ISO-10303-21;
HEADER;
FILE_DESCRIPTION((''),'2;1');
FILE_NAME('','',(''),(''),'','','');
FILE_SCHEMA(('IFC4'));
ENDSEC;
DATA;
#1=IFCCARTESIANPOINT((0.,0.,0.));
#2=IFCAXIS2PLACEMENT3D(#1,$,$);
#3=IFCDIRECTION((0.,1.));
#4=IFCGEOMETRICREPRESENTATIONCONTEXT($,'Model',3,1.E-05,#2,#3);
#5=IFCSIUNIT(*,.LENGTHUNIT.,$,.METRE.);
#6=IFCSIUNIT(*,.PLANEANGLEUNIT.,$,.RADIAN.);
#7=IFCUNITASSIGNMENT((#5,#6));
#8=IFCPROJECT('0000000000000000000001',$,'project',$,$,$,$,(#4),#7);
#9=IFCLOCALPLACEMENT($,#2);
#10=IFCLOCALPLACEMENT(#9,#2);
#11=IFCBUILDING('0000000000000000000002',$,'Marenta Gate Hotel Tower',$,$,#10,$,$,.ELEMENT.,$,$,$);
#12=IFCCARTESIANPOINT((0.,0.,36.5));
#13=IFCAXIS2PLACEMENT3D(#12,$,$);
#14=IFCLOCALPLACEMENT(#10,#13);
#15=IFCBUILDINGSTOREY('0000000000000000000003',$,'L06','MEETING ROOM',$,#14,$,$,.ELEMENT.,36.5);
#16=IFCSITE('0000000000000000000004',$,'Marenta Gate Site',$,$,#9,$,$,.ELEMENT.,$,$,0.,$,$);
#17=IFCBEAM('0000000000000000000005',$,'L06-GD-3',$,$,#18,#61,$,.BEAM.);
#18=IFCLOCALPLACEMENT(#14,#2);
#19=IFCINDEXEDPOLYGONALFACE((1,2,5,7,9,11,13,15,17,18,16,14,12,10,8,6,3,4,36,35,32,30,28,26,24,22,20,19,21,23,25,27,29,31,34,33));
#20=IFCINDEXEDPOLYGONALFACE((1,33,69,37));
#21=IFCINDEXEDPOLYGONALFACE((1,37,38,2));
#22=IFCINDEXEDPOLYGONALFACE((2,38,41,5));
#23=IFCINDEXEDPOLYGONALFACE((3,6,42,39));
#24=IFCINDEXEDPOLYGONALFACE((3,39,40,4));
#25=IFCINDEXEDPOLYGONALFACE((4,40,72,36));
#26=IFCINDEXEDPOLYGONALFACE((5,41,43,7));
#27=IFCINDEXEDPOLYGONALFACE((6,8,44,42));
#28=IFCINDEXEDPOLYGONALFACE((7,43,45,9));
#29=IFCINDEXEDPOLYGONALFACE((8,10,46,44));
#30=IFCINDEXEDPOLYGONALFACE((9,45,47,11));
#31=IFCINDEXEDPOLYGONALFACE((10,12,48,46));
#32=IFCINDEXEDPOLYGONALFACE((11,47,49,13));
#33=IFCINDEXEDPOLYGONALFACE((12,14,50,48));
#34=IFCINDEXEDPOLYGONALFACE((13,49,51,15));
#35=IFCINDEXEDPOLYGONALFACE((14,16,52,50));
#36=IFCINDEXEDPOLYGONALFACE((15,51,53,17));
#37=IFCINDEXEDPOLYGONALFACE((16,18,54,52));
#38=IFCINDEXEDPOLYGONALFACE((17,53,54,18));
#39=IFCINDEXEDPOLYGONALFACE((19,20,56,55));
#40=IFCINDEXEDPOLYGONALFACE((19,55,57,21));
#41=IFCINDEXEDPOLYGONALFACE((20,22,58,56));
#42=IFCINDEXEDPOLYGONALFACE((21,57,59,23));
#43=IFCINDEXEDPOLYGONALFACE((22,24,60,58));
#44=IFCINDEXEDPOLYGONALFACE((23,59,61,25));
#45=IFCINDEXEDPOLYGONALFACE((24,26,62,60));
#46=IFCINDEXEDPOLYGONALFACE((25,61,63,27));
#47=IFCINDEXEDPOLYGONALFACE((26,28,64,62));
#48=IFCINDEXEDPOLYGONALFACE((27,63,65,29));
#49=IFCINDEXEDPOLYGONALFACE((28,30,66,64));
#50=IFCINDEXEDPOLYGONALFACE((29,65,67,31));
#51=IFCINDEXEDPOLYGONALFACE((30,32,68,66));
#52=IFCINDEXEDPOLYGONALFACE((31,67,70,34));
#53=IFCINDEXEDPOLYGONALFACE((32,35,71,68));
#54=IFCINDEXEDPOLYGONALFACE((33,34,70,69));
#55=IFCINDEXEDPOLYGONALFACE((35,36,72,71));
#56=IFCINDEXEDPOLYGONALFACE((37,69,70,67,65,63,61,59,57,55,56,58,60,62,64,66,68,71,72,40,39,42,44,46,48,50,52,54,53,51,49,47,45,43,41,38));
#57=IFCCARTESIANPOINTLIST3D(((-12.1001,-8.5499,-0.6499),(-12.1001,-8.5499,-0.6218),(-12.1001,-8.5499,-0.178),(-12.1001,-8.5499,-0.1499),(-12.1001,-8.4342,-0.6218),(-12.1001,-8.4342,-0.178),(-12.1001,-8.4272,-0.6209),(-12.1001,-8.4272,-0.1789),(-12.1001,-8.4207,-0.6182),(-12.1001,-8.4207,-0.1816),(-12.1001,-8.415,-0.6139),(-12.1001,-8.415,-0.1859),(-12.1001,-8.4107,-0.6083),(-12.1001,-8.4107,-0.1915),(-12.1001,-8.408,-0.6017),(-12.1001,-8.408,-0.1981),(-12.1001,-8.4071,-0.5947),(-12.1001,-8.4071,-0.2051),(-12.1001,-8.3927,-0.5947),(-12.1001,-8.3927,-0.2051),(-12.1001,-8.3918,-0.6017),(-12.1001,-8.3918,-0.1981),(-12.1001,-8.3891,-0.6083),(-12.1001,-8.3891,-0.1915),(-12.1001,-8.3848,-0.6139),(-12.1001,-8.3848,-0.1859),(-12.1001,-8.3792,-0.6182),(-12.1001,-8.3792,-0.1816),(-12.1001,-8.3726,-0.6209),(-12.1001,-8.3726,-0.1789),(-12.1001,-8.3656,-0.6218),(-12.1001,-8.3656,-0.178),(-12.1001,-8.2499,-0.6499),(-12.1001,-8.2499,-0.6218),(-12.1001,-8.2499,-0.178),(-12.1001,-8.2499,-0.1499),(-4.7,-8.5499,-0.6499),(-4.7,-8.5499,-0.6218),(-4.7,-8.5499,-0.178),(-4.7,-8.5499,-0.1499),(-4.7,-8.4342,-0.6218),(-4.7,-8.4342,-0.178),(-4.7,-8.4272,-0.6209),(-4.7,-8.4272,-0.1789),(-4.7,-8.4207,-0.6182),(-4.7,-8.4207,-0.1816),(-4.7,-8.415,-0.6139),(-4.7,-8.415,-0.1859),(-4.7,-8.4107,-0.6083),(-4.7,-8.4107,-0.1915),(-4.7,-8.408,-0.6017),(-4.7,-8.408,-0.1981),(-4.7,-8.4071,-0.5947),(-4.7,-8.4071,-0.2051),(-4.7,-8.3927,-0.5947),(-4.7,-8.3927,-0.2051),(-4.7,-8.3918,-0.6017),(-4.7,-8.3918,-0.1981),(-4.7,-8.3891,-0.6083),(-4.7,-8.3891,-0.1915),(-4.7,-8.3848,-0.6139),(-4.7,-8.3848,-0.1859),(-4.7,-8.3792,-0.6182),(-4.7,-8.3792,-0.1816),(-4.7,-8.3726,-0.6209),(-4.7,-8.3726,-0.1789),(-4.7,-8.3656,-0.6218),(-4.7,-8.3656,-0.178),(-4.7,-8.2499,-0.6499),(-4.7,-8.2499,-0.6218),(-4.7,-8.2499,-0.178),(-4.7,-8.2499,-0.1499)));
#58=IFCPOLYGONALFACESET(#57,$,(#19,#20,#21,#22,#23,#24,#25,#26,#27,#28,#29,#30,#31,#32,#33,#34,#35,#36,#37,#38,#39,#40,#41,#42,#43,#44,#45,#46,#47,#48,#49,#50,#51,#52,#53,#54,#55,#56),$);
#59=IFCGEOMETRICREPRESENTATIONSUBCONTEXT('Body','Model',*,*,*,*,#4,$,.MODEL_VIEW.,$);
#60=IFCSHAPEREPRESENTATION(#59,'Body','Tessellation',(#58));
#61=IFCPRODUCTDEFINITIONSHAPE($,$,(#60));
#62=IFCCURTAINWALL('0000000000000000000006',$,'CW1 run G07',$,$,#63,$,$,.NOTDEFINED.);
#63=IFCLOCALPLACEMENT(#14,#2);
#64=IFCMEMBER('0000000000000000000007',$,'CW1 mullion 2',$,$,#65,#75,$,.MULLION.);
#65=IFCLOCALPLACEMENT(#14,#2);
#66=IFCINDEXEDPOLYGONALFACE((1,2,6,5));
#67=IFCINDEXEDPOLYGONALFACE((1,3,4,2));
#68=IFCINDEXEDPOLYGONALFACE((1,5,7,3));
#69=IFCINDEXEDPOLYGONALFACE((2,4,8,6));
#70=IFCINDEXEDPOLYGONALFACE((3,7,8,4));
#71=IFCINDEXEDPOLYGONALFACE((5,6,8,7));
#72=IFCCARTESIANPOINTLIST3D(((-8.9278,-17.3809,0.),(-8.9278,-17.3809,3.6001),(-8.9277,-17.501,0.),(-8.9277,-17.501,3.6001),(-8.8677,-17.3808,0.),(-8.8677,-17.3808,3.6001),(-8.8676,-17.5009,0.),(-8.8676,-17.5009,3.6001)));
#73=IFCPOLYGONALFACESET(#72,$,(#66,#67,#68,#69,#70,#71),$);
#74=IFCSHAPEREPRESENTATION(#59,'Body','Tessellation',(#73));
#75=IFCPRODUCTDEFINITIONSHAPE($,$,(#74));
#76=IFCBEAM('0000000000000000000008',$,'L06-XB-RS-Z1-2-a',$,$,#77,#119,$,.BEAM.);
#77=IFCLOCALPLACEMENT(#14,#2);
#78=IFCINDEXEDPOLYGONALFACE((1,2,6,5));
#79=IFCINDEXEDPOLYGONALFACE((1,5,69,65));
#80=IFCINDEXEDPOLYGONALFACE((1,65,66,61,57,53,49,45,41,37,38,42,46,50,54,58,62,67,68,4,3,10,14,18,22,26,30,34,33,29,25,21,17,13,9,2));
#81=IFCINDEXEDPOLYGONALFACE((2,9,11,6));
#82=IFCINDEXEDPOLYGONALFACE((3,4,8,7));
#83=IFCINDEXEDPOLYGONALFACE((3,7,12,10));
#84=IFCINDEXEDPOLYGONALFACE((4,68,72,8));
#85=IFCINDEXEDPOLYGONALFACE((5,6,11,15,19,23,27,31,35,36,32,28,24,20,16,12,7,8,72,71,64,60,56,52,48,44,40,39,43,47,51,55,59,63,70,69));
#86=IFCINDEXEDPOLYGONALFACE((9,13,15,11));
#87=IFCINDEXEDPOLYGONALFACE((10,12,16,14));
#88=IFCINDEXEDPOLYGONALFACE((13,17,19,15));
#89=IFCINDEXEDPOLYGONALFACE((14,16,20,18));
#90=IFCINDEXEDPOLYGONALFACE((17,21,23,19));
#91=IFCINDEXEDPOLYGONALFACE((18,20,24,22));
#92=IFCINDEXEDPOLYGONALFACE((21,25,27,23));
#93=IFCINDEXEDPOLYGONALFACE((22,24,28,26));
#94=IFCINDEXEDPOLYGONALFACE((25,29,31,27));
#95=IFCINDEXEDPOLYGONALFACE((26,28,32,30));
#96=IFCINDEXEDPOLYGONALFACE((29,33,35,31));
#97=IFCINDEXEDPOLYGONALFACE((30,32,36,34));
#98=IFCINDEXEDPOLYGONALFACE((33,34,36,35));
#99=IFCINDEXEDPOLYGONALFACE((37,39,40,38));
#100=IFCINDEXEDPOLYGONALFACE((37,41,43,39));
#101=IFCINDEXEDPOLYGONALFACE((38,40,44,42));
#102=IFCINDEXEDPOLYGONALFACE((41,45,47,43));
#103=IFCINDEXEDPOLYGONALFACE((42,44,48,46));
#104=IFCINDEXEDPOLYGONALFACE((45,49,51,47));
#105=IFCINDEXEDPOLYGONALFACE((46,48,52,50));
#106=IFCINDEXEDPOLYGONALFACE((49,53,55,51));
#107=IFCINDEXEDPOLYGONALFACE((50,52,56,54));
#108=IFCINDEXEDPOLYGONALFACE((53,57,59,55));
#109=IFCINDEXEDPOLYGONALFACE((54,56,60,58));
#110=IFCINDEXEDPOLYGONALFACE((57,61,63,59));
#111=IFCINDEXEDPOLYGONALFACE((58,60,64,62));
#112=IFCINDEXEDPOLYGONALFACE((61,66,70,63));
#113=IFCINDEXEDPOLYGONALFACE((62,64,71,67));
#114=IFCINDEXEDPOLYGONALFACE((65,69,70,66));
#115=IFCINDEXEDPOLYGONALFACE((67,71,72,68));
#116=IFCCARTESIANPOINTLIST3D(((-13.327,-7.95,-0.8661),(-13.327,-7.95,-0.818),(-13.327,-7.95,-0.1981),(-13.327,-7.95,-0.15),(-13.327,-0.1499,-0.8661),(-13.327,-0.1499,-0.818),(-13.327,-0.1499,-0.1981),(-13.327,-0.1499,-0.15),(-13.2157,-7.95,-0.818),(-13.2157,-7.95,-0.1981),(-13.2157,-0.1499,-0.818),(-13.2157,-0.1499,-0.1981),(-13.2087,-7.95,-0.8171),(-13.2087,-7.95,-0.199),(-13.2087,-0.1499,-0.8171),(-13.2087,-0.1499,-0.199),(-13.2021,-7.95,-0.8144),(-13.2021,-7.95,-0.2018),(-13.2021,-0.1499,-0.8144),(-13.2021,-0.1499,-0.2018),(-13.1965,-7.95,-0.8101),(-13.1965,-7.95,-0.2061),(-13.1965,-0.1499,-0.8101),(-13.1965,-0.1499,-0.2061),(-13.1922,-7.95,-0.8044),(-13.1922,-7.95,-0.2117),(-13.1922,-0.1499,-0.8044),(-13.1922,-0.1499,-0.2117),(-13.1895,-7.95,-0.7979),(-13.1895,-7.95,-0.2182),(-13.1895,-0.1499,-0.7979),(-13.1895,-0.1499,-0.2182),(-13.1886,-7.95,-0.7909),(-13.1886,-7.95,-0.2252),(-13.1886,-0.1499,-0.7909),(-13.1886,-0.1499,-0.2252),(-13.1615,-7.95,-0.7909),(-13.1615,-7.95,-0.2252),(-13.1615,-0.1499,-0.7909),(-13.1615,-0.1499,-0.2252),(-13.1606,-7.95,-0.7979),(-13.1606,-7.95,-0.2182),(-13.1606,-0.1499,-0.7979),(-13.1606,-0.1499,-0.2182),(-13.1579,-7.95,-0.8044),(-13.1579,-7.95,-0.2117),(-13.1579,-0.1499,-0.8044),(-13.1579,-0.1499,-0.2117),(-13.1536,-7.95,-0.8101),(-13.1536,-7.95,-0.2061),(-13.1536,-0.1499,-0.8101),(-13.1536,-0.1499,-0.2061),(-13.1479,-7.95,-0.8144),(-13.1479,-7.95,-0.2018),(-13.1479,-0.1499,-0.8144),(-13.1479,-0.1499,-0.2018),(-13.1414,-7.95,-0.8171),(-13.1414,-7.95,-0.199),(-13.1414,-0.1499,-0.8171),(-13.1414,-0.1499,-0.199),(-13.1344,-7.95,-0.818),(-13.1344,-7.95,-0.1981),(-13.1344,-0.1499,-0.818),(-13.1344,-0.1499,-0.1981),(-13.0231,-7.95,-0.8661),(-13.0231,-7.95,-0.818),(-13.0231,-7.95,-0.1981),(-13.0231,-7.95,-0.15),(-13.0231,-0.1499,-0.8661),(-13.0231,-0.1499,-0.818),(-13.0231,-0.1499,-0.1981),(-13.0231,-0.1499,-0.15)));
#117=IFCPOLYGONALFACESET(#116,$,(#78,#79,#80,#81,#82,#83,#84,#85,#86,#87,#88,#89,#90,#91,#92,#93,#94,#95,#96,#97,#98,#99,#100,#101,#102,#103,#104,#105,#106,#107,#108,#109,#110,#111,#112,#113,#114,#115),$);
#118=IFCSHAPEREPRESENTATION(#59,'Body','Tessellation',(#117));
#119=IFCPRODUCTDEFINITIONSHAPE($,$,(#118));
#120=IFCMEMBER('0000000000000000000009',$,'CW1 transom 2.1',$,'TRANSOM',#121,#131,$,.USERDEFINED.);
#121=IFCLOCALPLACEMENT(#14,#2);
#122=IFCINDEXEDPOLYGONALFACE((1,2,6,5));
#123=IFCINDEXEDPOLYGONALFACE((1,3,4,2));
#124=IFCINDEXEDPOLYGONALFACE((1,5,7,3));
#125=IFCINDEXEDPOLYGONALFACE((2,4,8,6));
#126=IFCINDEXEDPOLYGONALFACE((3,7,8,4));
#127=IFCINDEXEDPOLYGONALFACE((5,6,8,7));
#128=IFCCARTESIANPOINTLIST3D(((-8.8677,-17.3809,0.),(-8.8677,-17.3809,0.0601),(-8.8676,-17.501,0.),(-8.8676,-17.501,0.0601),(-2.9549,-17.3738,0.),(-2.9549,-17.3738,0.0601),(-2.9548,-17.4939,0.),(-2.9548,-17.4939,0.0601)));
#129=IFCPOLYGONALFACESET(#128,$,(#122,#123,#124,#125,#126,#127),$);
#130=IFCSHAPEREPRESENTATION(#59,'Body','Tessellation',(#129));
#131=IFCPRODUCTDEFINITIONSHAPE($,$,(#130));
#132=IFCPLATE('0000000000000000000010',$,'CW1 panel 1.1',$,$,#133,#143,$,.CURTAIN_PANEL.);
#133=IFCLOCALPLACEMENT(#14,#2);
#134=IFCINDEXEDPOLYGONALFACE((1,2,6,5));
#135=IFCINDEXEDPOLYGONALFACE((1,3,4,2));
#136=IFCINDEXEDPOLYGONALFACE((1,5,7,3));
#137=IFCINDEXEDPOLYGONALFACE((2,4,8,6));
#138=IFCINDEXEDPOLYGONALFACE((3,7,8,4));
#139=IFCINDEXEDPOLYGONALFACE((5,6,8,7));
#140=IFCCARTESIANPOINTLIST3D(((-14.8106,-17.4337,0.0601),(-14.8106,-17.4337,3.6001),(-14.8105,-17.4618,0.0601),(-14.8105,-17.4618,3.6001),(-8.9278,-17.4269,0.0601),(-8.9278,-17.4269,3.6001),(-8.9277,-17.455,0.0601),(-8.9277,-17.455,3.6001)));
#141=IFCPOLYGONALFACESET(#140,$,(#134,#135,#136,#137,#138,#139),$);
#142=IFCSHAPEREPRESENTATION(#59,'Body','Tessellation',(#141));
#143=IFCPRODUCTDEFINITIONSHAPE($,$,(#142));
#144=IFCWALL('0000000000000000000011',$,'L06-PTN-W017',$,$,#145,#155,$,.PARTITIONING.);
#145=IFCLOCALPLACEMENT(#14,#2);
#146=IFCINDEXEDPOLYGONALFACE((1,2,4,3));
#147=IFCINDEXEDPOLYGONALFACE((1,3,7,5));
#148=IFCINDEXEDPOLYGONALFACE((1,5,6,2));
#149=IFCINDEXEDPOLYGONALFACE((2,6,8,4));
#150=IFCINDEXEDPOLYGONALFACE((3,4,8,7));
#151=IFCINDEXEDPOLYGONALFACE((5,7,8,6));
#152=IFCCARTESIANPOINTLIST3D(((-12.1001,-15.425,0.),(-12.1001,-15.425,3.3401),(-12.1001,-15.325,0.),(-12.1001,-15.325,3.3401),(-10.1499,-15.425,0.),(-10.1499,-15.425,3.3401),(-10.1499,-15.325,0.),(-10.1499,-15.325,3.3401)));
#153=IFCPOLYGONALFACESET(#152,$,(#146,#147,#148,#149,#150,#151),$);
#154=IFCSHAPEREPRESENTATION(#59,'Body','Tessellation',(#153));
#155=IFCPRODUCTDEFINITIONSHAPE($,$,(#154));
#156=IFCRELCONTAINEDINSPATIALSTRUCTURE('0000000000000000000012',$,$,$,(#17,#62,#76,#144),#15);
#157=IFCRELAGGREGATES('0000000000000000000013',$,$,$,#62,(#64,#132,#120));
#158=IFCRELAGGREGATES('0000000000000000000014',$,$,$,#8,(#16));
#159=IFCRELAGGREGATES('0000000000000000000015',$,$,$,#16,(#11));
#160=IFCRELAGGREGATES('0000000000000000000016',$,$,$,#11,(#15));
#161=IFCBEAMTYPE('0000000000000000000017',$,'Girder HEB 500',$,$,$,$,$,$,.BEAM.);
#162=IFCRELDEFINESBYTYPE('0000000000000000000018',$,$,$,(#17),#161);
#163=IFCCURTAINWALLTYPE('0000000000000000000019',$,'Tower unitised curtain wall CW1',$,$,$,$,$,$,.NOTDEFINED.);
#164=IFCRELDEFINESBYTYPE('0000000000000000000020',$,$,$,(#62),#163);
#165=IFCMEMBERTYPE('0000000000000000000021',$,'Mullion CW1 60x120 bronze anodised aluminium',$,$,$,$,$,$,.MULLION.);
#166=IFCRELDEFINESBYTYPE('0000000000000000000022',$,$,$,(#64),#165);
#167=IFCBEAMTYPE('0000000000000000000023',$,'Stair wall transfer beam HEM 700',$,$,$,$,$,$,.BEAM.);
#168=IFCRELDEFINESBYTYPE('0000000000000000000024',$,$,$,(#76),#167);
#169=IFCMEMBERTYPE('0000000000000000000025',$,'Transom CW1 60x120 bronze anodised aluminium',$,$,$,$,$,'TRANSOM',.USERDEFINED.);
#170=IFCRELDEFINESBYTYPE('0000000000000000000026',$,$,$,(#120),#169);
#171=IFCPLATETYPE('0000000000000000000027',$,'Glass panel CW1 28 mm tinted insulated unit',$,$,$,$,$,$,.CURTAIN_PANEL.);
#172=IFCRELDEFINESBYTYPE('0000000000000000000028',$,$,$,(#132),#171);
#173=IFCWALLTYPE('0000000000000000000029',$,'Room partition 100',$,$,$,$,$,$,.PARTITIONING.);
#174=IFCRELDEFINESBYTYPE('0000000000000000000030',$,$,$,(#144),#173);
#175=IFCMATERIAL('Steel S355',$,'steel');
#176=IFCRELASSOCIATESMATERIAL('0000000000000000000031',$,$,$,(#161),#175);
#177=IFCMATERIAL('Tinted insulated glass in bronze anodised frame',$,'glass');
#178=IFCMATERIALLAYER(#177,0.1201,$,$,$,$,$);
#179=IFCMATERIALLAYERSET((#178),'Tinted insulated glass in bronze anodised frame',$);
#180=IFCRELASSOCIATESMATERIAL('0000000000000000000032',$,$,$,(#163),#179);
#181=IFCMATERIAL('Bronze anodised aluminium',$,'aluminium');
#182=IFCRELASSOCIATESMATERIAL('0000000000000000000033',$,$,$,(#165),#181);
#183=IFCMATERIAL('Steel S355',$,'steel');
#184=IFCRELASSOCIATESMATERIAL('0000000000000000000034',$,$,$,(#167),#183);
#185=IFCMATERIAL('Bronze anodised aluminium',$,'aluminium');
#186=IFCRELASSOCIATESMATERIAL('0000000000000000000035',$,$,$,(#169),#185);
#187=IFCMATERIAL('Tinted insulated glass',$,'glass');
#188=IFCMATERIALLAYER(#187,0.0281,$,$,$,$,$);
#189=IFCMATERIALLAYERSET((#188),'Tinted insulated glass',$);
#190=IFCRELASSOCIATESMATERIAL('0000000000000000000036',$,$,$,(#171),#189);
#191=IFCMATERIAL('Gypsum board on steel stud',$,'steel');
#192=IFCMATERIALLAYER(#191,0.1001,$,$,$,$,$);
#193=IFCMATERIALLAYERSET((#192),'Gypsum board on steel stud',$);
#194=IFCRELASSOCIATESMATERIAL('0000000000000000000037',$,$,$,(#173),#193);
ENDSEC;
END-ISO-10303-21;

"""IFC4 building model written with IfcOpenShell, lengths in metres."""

from ifc_helpers import new_model, si_unit, direction, frame, frame_2d, origin, origin_2d, place, context, subcontext, project, spatial, rectangle, i_section, extrude, material, layer, layer_set, material_profile, profile_set, type_object, element, aggregate, save


model = new_model("IFC4")

# Units and contexts
model_context = context("Model", 3, precision=1e-05, world=origin(), true_north=direction((0.0, 1.0)))
body_context = subcontext(model_context, "Body", "Model", "MODEL_VIEW")
ifc_project = project(units=[si_unit("LENGTHUNIT", "METRE"), si_unit("PLANEANGLEUNIT", "RADIAN")], contexts=[model_context])

# Site, building, storey
site_placement = place(None, origin())
site = spatial("IfcSite", under=ifc_project, at=site_placement, Name="Marenta Gate Site", CompositionType="ELEMENT", RefElevation=0.0)
building_placement = place(site_placement, origin())
building = spatial("IfcBuilding", under=site, at=building_placement, Name="Marenta Gate Hotel Tower", CompositionType="ELEMENT")
storey_placement = place(building_placement, frame((0.0, 0.0, 36.5)))
storey = spatial("IfcBuildingStorey", under=building, at=storey_placement, Name="L06", Description="MEETING ROOM", CompositionType="ELEMENT", Elevation=36.5)

# Beam
ifc_material_1 = material(Name="Steel S355", Category="steel")
ifc_material_profile_1 = material_profile(ifc_material_1, i_section(OverallWidth=0.3, OverallDepth=0.5, WebThickness=0.0144, FlangeThickness=0.0281, FilletRadius=0.0271, at=origin_2d()), Name="HEB 500")
ifc_profile_set_1 = profile_set([ifc_material_profile_1], Name="Steel S355")
beam_type_1 = type_object("IfcBeamType", Name="Girder HEB 500", PredefinedType="BEAM", material=ifc_profile_set_1)
beam_1_placement = place(storey_placement, frame((-12.1001, -8.3999, -0.3999), z_axis=(1.0, 0.0, 0.0), x_axis=(0.0, 1.0, 0.0)))
element("IfcBeam", 1, at=beam_1_placement, inside=storey, type_object=beam_type_1, Name="L06-GD-3", PredefinedType="BEAM", context=body_context, shape_type="SweptSolid", body=[
    extrude(i_section(OverallWidth=0.3, OverallDepth=0.5, WebThickness=0.0144, FlangeThickness=0.0281, FilletRadius=0.0271, at=origin_2d()), origin(), (0.0, 0.0, 1.0), 7.4001),
])

# Curtain wall, member
ifc_material_2 = material(Name="Tinted insulated glass in bronze anodised frame", Category="glass")
ifc_layer_1 = layer(ifc_material_2, 0.1201)
ifc_layer_set_1 = layer_set([ifc_layer_1], Name="Tinted insulated glass in bronze anodised frame")
curtain_wall_type = type_object("IfcCurtainWallType", Name="Tower unitised curtain wall CW1", PredefinedType="NOTDEFINED", material=ifc_layer_set_1)
curtain_wall_placement = place(storey_placement, origin())
curtain_wall = element("IfcCurtainWall", 2, at=curtain_wall_placement, inside=storey, type_object=curtain_wall_type, Name="CW1 run G07", PredefinedType="NOTDEFINED")
ifc_material_3 = material(Name="Bronze anodised aluminium", Category="aluminium")
ifc_material_profile_2 = material_profile(ifc_material_3, rectangle(XDim=0.1201, YDim=0.0601, at=origin_2d()), Name="Mullion CW1 60x120 bronze anodised aluminium")
ifc_profile_set_2 = profile_set([ifc_material_profile_2], Name="Bronze anodised aluminium")
member_type_1 = type_object("IfcMemberType", Name="Mullion CW1 60x120 bronze anodised aluminium", PredefinedType="MULLION", material=ifc_profile_set_2)
member_1_placement = place(storey_placement, frame((-8.8977, -17.4409, 0.0), z_axis=(0.0, 0.0, 1.0), x_axis=(-0.001162, 0.999999, 0.0)))
member_1 = element("IfcMember", 3, at=member_1_placement, type_object=member_type_1, Name="CW1 mullion 2", PredefinedType="MULLION", context=body_context, shape_type="SweptSolid", body=[
    extrude(rectangle(XDim=0.1201, YDim=0.0601, at=origin_2d()), origin(), (0.0, 0.0, 1.0), 3.6001),
])

# Beam
ifc_material_4 = material(Name="Steel S355", Category="steel")
ifc_material_profile_3 = material_profile(ifc_material_4, i_section(OverallWidth=0.304, OverallDepth=0.7161, WebThickness=0.0271, FlangeThickness=0.0481, FilletRadius=0.0271, at=origin_2d()), Name="HEM 700")
ifc_profile_set_3 = profile_set([ifc_material_profile_3], Name="Steel S355")
beam_type_2 = type_object("IfcBeamType", Name="Stair wall transfer beam HEM 700", PredefinedType="BEAM", material=ifc_profile_set_3)
beam_2_placement = place(storey_placement, frame((-13.175, -7.95, -0.5081), z_axis=(0.0, 1.0, 0.0), x_axis=(-1.0, 0.0, 0.0)))
element("IfcBeam", 4, at=beam_2_placement, inside=storey, type_object=beam_type_2, Name="L06-XB-RS-Z1-2-a", PredefinedType="BEAM", context=body_context, shape_type="SweptSolid", body=[
    extrude(i_section(OverallWidth=0.304, OverallDepth=0.7161, WebThickness=0.0271, FlangeThickness=0.0481, FilletRadius=0.0271, at=origin_2d()), origin(), (0.0, 0.0, 1.0), 7.8),
])

# Member
ifc_material_5 = material(Name="Bronze anodised aluminium", Category="aluminium")
ifc_material_profile_4 = material_profile(ifc_material_5, rectangle(XDim=0.1201, YDim=0.0601, at=origin_2d()), Name="Transom CW1 60x120 bronze anodised aluminium")
ifc_profile_set_4 = profile_set([ifc_material_profile_4], Name="Bronze anodised aluminium")
member_type_2 = type_object("IfcMemberType", Name="Transom CW1 60x120 bronze anodised aluminium", ElementType="TRANSOM", PredefinedType="USERDEFINED", material=ifc_profile_set_4)
member_2_placement = place(storey_placement, frame((-8.8677, -17.4409, 0.03), z_axis=(0.999999, 0.001197, 0.0), x_axis=(-0.001197, 0.999999, 0.0)))
member_2 = element("IfcMember", 5, at=member_2_placement, type_object=member_type_2, Name="CW1 transom 2.1", ObjectType="TRANSOM", PredefinedType="USERDEFINED", context=body_context, shape_type="SweptSolid", body=[
    extrude(rectangle(XDim=0.1201, YDim=0.0601, at=origin_2d()), origin(), (0.0, 0.0, 1.0), 5.9128),
])

# Plate
ifc_material_6 = material(Name="Tinted insulated glass", Category="glass")
ifc_layer_2 = layer(ifc_material_6, 0.0281)
ifc_layer_set_2 = layer_set([ifc_layer_2], Name="Tinted insulated glass")
plate_type = type_object("IfcPlateType", Name="Glass panel CW1 28 mm tinted insulated unit", PredefinedType="CURTAIN_PANEL", material=ifc_layer_set_2)
plate_placement = place(storey_placement, frame((-11.8691, -17.4443, 0.0601), z_axis=(0.0, 0.0, 1.0), x_axis=(0.999999, 0.001162, 0.0)))
plate = element("IfcPlate", 6, at=plate_placement, type_object=plate_type, Name="CW1 panel 1.1", PredefinedType="CURTAIN_PANEL", context=body_context, shape_type="SweptSolid", body=[
    extrude(rectangle(XDim=5.8828, YDim=0.0281, at=origin_2d()), origin(), (0.0, 0.0, 1.0), 3.54),
])
aggregate(curtain_wall, [member_1, plate, member_2])

# Wall
ifc_material_7 = material(Name="Gypsum board on steel stud", Category="steel")
ifc_layer_3 = layer(ifc_material_7, 0.1001)
ifc_layer_set_3 = layer_set([ifc_layer_3], Name="Gypsum board on steel stud")
wall_type_1 = type_object("IfcWallType", Name="Room partition 100", PredefinedType="PARTITIONING", material=ifc_layer_set_3)
wall_1_placement = place(storey_placement, frame((-12.1001, -15.375, 0.0), z_axis=(0.0, 0.0, 1.0), x_axis=(1.0, 0.0, 0.0)))
element("IfcWall", 7, at=wall_1_placement, inside=storey, type_object=wall_type_1, Name="L06-PTN-W017", PredefinedType="PARTITIONING", context=body_context, shape_type="SweptSolid", body=[
    extrude(rectangle(XDim=1.9502, YDim=0.1001, at=frame_2d((0.9751, 0.0))), origin(), (0.0, 0.0, 1.0), 3.3401),
])

save(model, "model.ifc")
